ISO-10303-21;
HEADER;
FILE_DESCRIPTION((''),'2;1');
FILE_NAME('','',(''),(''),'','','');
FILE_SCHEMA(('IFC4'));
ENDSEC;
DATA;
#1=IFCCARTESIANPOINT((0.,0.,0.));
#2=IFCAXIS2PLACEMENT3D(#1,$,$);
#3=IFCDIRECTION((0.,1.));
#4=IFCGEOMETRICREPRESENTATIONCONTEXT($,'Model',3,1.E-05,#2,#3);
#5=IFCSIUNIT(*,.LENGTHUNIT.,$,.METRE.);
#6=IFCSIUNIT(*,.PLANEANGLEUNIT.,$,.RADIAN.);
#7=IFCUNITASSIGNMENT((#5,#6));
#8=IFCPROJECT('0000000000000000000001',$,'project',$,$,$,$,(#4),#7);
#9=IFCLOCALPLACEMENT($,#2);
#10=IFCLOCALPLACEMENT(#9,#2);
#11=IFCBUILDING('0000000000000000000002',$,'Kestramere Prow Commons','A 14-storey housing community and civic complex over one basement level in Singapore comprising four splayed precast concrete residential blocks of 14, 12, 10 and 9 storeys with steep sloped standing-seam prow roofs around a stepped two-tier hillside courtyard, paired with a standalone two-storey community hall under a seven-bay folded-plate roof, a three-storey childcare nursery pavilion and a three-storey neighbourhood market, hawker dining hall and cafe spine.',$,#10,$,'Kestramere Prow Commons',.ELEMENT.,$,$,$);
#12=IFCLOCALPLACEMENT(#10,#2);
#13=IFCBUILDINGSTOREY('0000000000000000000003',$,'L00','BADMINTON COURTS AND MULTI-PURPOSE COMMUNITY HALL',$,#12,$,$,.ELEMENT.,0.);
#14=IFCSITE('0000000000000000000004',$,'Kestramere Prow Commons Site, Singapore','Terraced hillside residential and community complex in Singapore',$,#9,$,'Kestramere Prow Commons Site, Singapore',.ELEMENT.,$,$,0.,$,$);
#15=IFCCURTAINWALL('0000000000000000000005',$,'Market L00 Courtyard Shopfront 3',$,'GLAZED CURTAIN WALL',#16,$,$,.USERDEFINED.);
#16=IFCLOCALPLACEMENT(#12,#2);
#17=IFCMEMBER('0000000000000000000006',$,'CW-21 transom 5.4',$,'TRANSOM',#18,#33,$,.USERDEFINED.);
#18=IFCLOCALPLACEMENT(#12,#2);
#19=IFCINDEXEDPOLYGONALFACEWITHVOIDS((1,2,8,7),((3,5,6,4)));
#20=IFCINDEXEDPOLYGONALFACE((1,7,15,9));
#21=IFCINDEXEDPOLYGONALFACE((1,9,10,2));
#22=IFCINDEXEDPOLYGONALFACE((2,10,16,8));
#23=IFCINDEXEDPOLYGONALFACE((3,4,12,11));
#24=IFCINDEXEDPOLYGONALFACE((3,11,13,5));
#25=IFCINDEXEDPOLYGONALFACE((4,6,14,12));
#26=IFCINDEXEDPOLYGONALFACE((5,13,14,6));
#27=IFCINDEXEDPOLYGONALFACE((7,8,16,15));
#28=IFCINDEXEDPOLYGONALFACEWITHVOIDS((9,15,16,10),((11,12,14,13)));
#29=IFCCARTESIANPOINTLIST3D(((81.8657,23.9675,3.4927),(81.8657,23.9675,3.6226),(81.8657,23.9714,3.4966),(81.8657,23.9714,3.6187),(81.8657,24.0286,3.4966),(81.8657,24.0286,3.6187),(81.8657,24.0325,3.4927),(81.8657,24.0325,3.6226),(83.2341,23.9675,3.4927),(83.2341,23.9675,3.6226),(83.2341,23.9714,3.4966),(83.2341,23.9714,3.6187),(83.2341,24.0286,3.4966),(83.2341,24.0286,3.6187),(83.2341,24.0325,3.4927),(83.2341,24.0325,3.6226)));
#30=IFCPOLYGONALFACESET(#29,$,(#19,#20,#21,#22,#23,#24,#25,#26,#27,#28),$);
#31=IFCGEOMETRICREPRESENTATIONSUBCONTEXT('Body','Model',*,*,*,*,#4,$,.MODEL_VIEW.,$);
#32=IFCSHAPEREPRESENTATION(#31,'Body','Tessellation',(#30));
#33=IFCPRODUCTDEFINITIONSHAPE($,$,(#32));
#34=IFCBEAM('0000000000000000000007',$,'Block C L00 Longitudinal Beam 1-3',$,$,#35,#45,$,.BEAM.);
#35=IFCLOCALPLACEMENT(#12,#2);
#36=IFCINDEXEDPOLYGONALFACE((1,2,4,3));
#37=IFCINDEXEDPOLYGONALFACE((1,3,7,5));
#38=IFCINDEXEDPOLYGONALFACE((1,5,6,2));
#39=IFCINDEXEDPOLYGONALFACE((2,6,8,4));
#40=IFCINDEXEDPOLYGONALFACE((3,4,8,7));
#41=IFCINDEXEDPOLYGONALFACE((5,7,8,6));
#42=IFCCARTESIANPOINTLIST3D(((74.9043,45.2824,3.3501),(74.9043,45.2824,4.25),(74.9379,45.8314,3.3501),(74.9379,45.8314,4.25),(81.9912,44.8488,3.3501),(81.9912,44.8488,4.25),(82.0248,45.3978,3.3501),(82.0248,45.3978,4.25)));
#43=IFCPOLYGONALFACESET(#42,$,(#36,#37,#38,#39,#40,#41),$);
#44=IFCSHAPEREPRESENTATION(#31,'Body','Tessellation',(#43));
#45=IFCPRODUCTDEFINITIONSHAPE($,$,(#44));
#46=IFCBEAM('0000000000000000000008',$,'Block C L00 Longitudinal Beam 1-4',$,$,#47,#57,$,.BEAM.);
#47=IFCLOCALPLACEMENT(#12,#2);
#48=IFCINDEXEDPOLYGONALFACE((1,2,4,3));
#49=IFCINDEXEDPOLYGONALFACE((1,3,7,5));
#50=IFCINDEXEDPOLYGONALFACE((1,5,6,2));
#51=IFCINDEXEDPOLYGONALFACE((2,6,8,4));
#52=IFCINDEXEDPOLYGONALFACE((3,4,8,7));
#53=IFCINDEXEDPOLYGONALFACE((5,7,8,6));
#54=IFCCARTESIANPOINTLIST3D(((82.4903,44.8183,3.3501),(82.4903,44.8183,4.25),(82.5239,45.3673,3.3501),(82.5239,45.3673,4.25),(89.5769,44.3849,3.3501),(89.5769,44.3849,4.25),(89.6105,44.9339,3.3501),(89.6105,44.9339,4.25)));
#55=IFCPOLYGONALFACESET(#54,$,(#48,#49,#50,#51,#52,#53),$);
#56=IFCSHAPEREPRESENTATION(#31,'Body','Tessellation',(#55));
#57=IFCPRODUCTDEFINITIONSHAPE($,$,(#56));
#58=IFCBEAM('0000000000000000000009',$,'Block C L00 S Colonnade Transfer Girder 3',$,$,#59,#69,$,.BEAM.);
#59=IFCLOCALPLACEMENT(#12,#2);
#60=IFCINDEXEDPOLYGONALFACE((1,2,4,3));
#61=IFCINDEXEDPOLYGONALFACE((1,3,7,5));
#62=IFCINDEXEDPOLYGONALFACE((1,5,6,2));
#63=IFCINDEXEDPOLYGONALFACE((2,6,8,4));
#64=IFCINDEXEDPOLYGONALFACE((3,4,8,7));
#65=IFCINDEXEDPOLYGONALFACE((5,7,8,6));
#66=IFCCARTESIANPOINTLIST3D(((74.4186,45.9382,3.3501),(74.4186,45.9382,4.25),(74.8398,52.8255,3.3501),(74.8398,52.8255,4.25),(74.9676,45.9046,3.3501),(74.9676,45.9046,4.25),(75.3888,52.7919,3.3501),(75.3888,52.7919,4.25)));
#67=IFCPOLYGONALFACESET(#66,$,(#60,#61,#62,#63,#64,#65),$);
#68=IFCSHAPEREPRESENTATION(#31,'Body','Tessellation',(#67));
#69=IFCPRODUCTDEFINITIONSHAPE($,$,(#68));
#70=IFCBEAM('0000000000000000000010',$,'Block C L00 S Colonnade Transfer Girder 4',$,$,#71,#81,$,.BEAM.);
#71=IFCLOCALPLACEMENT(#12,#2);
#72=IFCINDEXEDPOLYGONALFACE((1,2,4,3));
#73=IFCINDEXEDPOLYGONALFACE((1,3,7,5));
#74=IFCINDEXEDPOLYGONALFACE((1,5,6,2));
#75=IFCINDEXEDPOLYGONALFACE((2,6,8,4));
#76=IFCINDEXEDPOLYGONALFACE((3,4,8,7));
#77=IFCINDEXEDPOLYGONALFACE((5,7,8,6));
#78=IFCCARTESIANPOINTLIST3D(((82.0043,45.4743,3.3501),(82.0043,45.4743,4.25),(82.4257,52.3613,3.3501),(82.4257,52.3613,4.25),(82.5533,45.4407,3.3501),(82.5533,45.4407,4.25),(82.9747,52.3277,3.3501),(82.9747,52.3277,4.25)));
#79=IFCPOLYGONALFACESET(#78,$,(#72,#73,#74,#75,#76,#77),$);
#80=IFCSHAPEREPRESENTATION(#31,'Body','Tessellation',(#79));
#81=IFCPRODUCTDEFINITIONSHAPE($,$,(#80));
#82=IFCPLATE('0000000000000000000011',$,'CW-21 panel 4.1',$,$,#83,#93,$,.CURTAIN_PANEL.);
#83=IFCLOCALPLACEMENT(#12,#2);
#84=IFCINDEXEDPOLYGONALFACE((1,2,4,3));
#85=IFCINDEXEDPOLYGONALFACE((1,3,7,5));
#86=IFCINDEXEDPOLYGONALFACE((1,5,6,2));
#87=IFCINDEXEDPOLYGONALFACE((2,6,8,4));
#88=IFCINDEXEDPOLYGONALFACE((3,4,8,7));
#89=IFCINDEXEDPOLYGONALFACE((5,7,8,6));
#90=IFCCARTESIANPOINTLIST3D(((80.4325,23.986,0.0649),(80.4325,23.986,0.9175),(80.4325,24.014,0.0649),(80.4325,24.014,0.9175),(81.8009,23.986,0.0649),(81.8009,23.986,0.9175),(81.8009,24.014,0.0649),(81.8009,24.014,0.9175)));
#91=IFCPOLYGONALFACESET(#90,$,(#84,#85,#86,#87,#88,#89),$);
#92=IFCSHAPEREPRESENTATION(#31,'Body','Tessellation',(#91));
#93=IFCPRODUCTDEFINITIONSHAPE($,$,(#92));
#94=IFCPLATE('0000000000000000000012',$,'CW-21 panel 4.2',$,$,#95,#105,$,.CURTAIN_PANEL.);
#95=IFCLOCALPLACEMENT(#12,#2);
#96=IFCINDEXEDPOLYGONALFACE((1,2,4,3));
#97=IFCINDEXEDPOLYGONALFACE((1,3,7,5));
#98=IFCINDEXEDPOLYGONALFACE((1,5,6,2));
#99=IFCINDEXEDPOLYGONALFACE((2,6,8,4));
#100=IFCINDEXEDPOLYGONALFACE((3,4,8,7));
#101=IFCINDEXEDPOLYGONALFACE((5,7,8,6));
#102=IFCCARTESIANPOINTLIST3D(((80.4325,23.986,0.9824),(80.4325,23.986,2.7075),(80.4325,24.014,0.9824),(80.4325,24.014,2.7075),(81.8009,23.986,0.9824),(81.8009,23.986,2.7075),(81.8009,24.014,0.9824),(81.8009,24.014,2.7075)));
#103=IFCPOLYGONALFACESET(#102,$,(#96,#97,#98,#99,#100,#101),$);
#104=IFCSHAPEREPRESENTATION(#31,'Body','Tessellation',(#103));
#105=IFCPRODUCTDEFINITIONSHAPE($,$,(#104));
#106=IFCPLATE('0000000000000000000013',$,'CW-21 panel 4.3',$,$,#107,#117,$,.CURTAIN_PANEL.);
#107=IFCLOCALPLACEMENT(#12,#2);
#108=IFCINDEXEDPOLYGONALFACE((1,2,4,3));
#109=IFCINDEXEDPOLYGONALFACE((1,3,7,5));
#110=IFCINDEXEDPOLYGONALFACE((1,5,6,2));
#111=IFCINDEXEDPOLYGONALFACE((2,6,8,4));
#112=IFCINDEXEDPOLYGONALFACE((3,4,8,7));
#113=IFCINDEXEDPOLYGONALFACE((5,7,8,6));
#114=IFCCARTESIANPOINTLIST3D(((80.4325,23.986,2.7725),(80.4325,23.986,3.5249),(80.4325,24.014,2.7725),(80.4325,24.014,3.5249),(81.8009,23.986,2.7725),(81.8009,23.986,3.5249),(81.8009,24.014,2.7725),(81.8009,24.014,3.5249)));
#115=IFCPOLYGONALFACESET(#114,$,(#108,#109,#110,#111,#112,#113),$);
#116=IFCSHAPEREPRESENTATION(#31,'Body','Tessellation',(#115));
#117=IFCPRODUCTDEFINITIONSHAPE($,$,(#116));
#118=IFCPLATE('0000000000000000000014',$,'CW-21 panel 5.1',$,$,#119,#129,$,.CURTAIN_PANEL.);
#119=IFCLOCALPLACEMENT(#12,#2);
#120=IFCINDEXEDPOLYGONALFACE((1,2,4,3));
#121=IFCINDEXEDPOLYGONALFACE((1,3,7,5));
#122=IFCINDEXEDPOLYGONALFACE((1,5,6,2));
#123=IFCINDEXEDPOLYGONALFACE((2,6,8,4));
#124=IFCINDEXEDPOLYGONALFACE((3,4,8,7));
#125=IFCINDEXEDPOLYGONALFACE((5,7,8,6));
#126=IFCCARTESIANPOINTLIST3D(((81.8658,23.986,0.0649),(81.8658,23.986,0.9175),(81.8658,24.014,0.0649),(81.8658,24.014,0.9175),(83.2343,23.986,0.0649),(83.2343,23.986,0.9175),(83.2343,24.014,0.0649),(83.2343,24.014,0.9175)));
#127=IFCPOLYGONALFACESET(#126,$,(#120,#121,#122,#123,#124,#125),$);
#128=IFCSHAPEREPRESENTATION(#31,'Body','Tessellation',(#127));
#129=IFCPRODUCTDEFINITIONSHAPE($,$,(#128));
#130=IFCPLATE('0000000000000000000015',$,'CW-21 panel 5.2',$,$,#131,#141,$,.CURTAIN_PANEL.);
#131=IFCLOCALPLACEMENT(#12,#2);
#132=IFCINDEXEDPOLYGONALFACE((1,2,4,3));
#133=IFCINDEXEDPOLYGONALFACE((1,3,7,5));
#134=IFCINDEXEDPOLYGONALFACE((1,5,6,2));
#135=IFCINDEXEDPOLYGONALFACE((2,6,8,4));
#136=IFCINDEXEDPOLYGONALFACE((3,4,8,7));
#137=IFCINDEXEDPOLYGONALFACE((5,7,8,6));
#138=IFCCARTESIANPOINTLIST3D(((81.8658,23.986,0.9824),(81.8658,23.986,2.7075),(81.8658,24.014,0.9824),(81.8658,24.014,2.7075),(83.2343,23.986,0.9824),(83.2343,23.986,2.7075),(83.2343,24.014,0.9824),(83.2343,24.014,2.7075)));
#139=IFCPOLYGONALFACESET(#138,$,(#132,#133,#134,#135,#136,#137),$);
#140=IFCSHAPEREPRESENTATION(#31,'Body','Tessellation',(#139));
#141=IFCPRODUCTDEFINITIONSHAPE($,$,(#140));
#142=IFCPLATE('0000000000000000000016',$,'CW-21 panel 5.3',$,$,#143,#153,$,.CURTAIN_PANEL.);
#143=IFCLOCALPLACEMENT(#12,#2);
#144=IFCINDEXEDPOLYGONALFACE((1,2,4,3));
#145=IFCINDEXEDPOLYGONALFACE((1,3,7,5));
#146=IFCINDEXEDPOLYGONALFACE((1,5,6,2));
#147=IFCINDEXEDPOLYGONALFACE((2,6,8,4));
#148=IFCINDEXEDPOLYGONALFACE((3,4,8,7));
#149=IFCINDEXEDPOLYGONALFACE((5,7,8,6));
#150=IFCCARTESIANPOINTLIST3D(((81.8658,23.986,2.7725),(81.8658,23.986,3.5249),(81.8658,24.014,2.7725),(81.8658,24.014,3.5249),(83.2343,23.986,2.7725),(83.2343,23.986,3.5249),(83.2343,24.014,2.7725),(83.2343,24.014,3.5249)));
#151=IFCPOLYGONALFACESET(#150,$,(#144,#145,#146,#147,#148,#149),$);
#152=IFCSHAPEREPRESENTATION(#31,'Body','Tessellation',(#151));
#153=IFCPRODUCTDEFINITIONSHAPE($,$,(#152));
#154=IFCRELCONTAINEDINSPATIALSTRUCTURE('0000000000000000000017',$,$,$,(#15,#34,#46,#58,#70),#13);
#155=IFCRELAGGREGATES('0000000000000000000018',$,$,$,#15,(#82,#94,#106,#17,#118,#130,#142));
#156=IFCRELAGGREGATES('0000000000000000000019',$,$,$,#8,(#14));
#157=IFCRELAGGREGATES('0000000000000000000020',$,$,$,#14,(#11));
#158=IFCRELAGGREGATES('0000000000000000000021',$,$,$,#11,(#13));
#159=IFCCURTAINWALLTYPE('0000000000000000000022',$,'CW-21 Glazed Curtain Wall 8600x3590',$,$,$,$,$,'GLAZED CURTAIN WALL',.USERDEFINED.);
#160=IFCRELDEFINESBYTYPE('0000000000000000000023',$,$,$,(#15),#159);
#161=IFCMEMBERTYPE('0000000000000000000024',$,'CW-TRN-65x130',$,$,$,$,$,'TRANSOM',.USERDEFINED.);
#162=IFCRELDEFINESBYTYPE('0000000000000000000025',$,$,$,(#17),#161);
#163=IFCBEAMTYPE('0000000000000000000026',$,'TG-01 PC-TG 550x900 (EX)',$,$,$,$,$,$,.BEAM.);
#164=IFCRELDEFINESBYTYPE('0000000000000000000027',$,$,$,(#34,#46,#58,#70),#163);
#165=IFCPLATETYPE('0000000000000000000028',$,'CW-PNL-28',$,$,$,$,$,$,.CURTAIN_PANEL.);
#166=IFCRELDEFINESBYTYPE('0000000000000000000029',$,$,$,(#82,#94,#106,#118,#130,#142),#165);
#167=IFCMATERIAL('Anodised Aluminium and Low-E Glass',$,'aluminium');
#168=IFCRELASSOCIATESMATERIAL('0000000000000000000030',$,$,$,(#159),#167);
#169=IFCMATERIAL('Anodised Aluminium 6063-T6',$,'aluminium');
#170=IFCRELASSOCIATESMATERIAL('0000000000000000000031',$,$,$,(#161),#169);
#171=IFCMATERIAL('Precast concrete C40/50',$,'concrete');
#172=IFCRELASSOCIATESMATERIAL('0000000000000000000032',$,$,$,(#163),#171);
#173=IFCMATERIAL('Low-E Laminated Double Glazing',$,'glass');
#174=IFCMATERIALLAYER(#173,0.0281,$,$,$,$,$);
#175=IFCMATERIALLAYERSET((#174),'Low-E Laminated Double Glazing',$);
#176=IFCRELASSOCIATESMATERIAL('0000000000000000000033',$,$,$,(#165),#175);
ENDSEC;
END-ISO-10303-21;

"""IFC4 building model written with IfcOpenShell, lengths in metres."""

from ifc_helpers import new_model, si_unit, direction, frame, origin, origin_2d, place, context, subcontext, project, spatial, rectangle, hollow_rectangle, extrude, material, layer, layer_set, material_profile, profile_set, type_object, element, aggregate, save


model = new_model("IFC4")

# Units and contexts
model_context = context("Model", 3, precision=1e-05, world=origin(), true_north=direction((0.0, 1.0)))
body_context = subcontext(model_context, "Body", "Model", "MODEL_VIEW")
ifc_project = project(units=[si_unit("LENGTHUNIT", "METRE"), si_unit("PLANEANGLEUNIT", "RADIAN")], contexts=[model_context])

# Site, building, storey
site_placement = place(None, origin())
site = spatial("IfcSite", under=ifc_project, at=site_placement, Name="Kestramere Prow Commons Site, Singapore", Description="Terraced hillside residential and community complex in Singapore", LongName="Kestramere Prow Commons Site, Singapore", CompositionType="ELEMENT", RefElevation=0.0)
building_placement = place(site_placement, origin())
building = spatial("IfcBuilding", under=site, at=building_placement, Name="Kestramere Prow Commons", Description="A 14-storey housing community and civic complex over one basement level in Singapore comprising four splayed precast concrete residential blocks of 14, 12, 10 and 9 storeys with steep sloped standing-seam prow roofs around a stepped two-tier hillside courtyard, paired with a standalone two-storey community hall under a seven-bay folded-plate roof, a three-storey childcare nursery pavilion and a three-storey neighbourhood market, hawker dining hall and cafe spine.", LongName="Kestramere Prow Commons", CompositionType="ELEMENT")
storey_placement = place(building_placement, origin())
storey = spatial("IfcBuildingStorey", under=building, at=storey_placement, Name="L00", Description="BADMINTON COURTS AND MULTI-PURPOSE COMMUNITY HALL", CompositionType="ELEMENT", Elevation=0.0)

# Shared definitions
ifc_material_1 = material(Name="Precast concrete C40/50", Category="concrete")

# Curtain wall, member
ifc_material_2 = material(Name="Anodised Aluminium and Low-E Glass", Category="aluminium")
curtain_wall_type = type_object("IfcCurtainWallType", Name="CW-21 Glazed Curtain Wall 8600x3590", ElementType="GLAZED CURTAIN WALL", PredefinedType="USERDEFINED", material=ifc_material_2)
curtain_wall_placement = place(storey_placement, origin())
curtain_wall = element("IfcCurtainWall", 1, at=curtain_wall_placement, inside=storey, type_object=curtain_wall_type, Name="Market L00 Courtyard Shopfront 3", ObjectType="GLAZED CURTAIN WALL", PredefinedType="USERDEFINED")
ifc_material_3 = material(Name="Anodised Aluminium 6063-T6", Category="aluminium")
ifc_material_profile_1 = material_profile(ifc_material_3, hollow_rectangle(XDim=0.0649, YDim=0.1299, WallThickness=0.0039, at=origin_2d()), Name="ALU-TRN 65x130")
ifc_profile_set_1 = profile_set([ifc_material_profile_1], Name="Anodised Aluminium 6063-T6")
member_type_1 = type_object("IfcMemberType", Name="CW-TRN-65x130", ElementType="TRANSOM", PredefinedType="USERDEFINED", material=ifc_profile_set_1)
member_1_placement = place(storey_placement, frame((81.8657, 24.0, 3.5576), z_axis=(1.0, 0.0, 0.0), x_axis=(0.0, 1.0, 0.0)))
member_1 = element("IfcMember", 2, at=member_1_placement, type_object=member_type_1, Name="CW-21 transom 5.4", ObjectType="TRANSOM", PredefinedType="USERDEFINED", context=body_context, shape_type="SweptSolid", body=[
    extrude(hollow_rectangle(XDim=0.0649, YDim=0.1299, WallThickness=0.0039, at=origin_2d()), origin(), (0.0, 0.0, 1.0), 1.3684),
])

# Beams
ifc_material_profile_2 = material_profile(ifc_material_1, rectangle(XDim=0.55, YDim=0.8999, at=origin_2d()), Name="PC-TG 550x900")
ifc_profile_set_2 = profile_set([ifc_material_profile_2], Name="Precast concrete C40/50")
beam_type = type_object("IfcBeamType", Name="TG-01 PC-TG 550x900 (EX)", PredefinedType="BEAM", material=ifc_profile_set_2)
beam_1_placement = place(storey_placement, frame((74.9211, 45.5569, 3.8), z_axis=(0.998134, -0.061068, 0.0), x_axis=(0.061068, 0.998134, 0.0)))
element("IfcBeam", 3, at=beam_1_placement, inside=storey, type_object=beam_type, Name="Block C L00 Longitudinal Beam 1-3", PredefinedType="BEAM", context=body_context, shape_type="SweptSolid", body=[
    extrude(rectangle(XDim=0.55, YDim=0.8999, at=origin_2d()), origin(), (0.0, 0.0, 1.0), 7.1001),
])
beam_2_placement = place(storey_placement, frame((82.5071, 45.0928, 3.8), z_axis=(0.998136, -0.061036, 0.0), x_axis=(0.061036, 0.998136, 0.0)))
element("IfcBeam", 4, at=beam_2_placement, inside=storey, type_object=beam_type, Name="Block C L00 Longitudinal Beam 1-4", PredefinedType="BEAM", context=body_context, shape_type="SweptSolid", body=[
    extrude(rectangle(XDim=0.55, YDim=0.8999, at=origin_2d()), origin(), (0.0, 0.0, 1.0), 7.0999),
])
beam_3_placement = place(storey_placement, frame((74.6931, 45.9214, 3.8), z_axis=(0.061035, 0.998136, 0.0), x_axis=(-0.998136, 0.061035, 0.0)))
element("IfcBeam", 5, at=beam_3_placement, inside=storey, type_object=beam_type, Name="Block C L00 S Colonnade Transfer Girder 3", PredefinedType="BEAM", context=body_context, shape_type="SweptSolid", body=[
    extrude(rectangle(XDim=0.55, YDim=0.8999, at=origin_2d()), origin(), (0.0, 0.0, 1.0), 6.9001),
])
beam_4_placement = place(storey_placement, frame((82.2788, 45.4575, 3.8), z_axis=(0.061072, 0.998133, 0.0), x_axis=(-0.998133, 0.061072, 0.0)))
element("IfcBeam", 6, at=beam_4_placement, inside=storey, type_object=beam_type, Name="Block C L00 S Colonnade Transfer Girder 4", PredefinedType="BEAM", context=body_context, shape_type="SweptSolid", body=[
    extrude(rectangle(XDim=0.55, YDim=0.8999, at=origin_2d()), origin(), (0.0, 0.0, 1.0), 6.8999),
])

# Plates
ifc_material_4 = material(Name="Low-E Laminated Double Glazing", Category="glass")
ifc_layer = layer(ifc_material_4, 0.0281)
ifc_layer_set = layer_set([ifc_layer], Name="Low-E Laminated Double Glazing")
plate_type = type_object("IfcPlateType", Name="CW-PNL-28", PredefinedType="CURTAIN_PANEL", material=ifc_layer_set)
plate_1_placement = place(storey_placement, frame((81.1167, 24.0, 0.0649), z_axis=(0.0, 0.0, 1.0), x_axis=(1.0, 0.0, 0.0)))
plate_1 = element("IfcPlate", 7, at=plate_1_placement, type_object=plate_type, Name="CW-21 panel 4.1", PredefinedType="CURTAIN_PANEL", context=body_context, shape_type="SweptSolid", body=[
    extrude(rectangle(XDim=1.3684, YDim=0.0281, at=origin_2d()), origin(), (0.0, 0.0, 1.0), 0.8525),
])
plate_2_placement = place(storey_placement, frame((81.1167, 24.0, 0.9824), z_axis=(0.0, 0.0, 1.0), x_axis=(1.0, 0.0, 0.0)))
plate_2 = element("IfcPlate", 8, at=plate_2_placement, type_object=plate_type, Name="CW-21 panel 4.2", PredefinedType="CURTAIN_PANEL", context=body_context, shape_type="SweptSolid", body=[
    extrude(rectangle(XDim=1.3684, YDim=0.0281, at=origin_2d()), origin(), (0.0, 0.0, 1.0), 1.7251),
])
plate_3_placement = place(storey_placement, frame((81.1167, 24.0, 2.7725), z_axis=(0.0, 0.0, 1.0), x_axis=(1.0, 0.0, 0.0)))
plate_3 = element("IfcPlate", 9, at=plate_3_placement, type_object=plate_type, Name="CW-21 panel 4.3", PredefinedType="CURTAIN_PANEL", context=body_context, shape_type="SweptSolid", body=[
    extrude(rectangle(XDim=1.3684, YDim=0.0281, at=origin_2d()), origin(), (0.0, 0.0, 1.0), 0.7524),
])
plate_4_placement = place(storey_placement, frame((82.55, 24.0, 0.0649), z_axis=(0.0, 0.0, 1.0), x_axis=(1.0, 0.0, 0.0)))
plate_4 = element("IfcPlate", 10, at=plate_4_placement, type_object=plate_type, Name="CW-21 panel 5.1", PredefinedType="CURTAIN_PANEL", context=body_context, shape_type="SweptSolid", body=[
    extrude(rectangle(XDim=1.3684, YDim=0.0281, at=origin_2d()), origin(), (0.0, 0.0, 1.0), 0.8525),
])
plate_5_placement = place(storey_placement, frame((82.55, 24.0, 0.9824), z_axis=(0.0, 0.0, 1.0), x_axis=(1.0, 0.0, 0.0)))
plate_5 = element("IfcPlate", 11, at=plate_5_placement, type_object=plate_type, Name="CW-21 panel 5.2", PredefinedType="CURTAIN_PANEL", context=body_context, shape_type="SweptSolid", body=[
    extrude(rectangle(XDim=1.3684, YDim=0.0281, at=origin_2d()), origin(), (0.0, 0.0, 1.0), 1.7251),
])
plate_6_placement = place(storey_placement, frame((82.55, 24.0, 2.7725), z_axis=(0.0, 0.0, 1.0), x_axis=(1.0, 0.0, 0.0)))
plate_6 = element("IfcPlate", 12, at=plate_6_placement, type_object=plate_type, Name="CW-21 panel 5.3", PredefinedType="CURTAIN_PANEL", context=body_context, shape_type="SweptSolid", body=[
    extrude(rectangle(XDim=1.3684, YDim=0.0281, at=origin_2d()), origin(), (0.0, 0.0, 1.0), 0.7524),
])
aggregate(curtain_wall, [plate_1, plate_2, plate_3, member_1, plate_4, plate_5, plate_6])

save(model, "model.ifc")
